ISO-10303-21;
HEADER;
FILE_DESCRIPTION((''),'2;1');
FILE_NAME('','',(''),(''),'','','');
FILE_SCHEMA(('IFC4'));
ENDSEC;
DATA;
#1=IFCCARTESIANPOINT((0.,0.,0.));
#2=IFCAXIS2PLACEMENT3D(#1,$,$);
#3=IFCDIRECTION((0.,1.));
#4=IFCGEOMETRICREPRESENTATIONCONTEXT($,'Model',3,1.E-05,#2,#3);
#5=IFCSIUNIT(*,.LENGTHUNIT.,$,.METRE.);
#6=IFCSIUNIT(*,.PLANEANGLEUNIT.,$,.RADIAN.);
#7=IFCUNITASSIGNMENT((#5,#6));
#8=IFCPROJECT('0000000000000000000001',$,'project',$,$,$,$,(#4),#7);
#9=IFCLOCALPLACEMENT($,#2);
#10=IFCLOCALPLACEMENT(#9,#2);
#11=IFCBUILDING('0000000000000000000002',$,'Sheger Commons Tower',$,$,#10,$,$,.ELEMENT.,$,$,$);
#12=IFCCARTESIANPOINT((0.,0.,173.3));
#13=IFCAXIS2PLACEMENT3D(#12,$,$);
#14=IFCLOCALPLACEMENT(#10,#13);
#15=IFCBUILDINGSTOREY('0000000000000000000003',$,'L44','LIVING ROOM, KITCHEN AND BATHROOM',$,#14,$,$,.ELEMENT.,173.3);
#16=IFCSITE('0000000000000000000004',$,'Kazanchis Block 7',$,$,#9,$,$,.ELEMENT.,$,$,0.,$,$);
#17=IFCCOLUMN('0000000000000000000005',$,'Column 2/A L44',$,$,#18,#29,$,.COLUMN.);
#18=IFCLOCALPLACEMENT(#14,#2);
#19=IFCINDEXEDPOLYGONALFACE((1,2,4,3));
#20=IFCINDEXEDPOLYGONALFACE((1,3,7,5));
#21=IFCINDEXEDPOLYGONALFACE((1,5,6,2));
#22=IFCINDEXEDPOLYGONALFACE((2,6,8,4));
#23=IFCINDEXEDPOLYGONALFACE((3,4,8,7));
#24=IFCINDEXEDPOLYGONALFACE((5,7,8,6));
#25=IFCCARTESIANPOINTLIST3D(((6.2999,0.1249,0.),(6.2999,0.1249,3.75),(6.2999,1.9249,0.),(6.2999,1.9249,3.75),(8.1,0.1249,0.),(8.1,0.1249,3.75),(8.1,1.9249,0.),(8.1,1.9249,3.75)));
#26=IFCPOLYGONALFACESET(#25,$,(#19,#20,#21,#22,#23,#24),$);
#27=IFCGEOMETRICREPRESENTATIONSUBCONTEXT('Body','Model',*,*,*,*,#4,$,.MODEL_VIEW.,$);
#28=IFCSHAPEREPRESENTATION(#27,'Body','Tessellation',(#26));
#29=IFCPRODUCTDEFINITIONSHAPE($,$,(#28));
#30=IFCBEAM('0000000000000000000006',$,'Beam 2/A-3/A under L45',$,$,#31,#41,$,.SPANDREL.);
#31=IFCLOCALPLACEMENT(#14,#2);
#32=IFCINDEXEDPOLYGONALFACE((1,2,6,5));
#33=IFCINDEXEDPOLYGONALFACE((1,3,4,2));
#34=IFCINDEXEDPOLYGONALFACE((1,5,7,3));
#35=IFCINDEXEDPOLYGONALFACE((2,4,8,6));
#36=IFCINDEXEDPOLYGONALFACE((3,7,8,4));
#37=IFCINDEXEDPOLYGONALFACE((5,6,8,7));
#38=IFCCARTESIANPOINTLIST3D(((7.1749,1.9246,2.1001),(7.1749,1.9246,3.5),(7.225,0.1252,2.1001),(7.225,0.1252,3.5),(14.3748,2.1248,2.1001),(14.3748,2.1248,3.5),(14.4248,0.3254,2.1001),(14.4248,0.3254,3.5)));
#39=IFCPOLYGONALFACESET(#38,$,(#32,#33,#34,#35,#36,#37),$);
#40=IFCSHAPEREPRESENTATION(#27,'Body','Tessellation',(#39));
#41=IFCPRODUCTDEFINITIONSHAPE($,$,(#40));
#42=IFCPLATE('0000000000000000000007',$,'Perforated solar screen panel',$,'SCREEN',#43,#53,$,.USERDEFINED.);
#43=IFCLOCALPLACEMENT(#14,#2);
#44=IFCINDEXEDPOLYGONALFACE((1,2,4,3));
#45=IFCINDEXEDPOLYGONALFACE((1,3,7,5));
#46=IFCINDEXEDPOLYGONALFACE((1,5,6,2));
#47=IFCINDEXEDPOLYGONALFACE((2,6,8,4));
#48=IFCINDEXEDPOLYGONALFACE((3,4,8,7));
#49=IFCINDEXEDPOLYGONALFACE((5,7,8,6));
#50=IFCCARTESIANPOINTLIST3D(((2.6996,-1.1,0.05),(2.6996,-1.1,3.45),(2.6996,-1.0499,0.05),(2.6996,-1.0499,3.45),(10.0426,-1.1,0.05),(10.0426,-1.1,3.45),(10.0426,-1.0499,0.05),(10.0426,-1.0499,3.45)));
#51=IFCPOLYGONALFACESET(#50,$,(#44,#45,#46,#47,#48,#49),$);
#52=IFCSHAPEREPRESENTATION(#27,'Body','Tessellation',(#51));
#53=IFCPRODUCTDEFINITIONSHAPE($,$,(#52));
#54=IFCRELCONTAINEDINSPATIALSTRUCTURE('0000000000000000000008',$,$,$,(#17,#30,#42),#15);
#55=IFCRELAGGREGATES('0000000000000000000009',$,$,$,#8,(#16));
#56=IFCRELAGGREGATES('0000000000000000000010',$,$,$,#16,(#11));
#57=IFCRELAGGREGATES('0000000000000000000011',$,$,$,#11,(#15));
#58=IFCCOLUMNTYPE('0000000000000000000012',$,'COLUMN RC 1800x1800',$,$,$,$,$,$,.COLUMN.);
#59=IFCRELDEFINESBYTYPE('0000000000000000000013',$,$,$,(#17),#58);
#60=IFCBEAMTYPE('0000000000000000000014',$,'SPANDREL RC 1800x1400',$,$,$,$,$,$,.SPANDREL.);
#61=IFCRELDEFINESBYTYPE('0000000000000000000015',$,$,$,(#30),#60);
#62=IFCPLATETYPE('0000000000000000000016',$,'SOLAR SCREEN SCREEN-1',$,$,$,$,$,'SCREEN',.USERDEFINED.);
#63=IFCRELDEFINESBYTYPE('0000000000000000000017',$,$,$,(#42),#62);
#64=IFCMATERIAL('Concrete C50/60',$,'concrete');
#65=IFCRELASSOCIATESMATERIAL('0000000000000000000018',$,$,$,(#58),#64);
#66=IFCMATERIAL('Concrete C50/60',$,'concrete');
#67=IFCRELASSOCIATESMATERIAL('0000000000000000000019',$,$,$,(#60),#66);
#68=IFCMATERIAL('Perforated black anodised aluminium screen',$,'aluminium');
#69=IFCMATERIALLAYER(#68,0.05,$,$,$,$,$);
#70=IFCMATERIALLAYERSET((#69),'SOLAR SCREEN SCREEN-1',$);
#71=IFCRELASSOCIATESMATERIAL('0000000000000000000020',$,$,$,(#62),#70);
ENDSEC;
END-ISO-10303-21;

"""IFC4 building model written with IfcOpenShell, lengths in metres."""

from ifc_helpers import new_model, si_unit, direction, frame, origin, origin_2d, place, context, subcontext, project, spatial, rectangle, extrude, material, layer, layer_set, material_profile, profile_set, type_object, element, save


model = new_model("IFC4")

# Units and contexts
model_context = context("Model", 3, precision=1e-05, world=origin(), true_north=direction((0.0, 1.0)))
body_context = subcontext(model_context, "Body", "Model", "MODEL_VIEW")
ifc_project = project(units=[si_unit("LENGTHUNIT", "METRE"), si_unit("PLANEANGLEUNIT", "RADIAN")], contexts=[model_context])

# Site, building, storey
site_placement = place(None, origin())
site = spatial("IfcSite", under=ifc_project, at=site_placement, Name="Kazanchis Block 7", CompositionType="ELEMENT", RefElevation=0.0)
building_placement = place(site_placement, origin())
building = spatial("IfcBuilding", under=site, at=building_placement, Name="Sheger Commons Tower", CompositionType="ELEMENT")
storey_placement = place(building_placement, frame((0.0, 0.0, 173.3)))
storey = spatial("IfcBuildingStorey", under=building, at=storey_placement, Name="L44", Description="LIVING ROOM, KITCHEN AND BATHROOM", CompositionType="ELEMENT", Elevation=173.3)

# Column
ifc_material_1 = material(Name="Concrete C50/60", Category="concrete")
ifc_material_profile_1 = material_profile(ifc_material_1, rectangle(XDim=1.8, YDim=1.8, at=origin_2d()), Name="RC 1800x1800")
ifc_profile_set_1 = profile_set([ifc_material_profile_1], Name="Concrete C50/60")
column_type = type_object("IfcColumnType", Name="COLUMN RC 1800x1800", PredefinedType="COLUMN", material=ifc_profile_set_1)
column_placement = place(storey_placement, frame((7.2, 1.0249, 0.0), z_axis=(0.0, 0.0, 1.0), x_axis=(1.0, 0.0, 0.0)))
element("IfcColumn", 1, at=column_placement, inside=storey, type_object=column_type, Name="Column 2/A L44", PredefinedType="COLUMN", context=body_context, shape_type="SweptSolid", body=[
    extrude(rectangle(XDim=1.8, YDim=1.8, at=origin_2d()), origin(), (0.0, 0.0, 1.0), 3.75),
])

# Beam
ifc_material_2 = material(Name="Concrete C50/60", Category="concrete")
ifc_material_profile_2 = material_profile(ifc_material_2, rectangle(XDim=1.8, YDim=1.3999, at=origin_2d()), Name="RC 1800x1400")
ifc_profile_set_2 = profile_set([ifc_material_profile_2], Name="Concrete C50/60")
beam_type = type_object("IfcBeamType", Name="SPANDREL RC 1800x1400", PredefinedType="SPANDREL", material=ifc_profile_set_2)
beam_placement = place(storey_placement, frame((7.2, 1.0249, 2.8), z_axis=(0.999614, 0.027794, 0.0), x_axis=(-0.027794, 0.999614, 0.0)))
element("IfcBeam", 2, at=beam_placement, inside=storey, type_object=beam_type, Name="Beam 2/A-3/A under L45", PredefinedType="SPANDREL", context=body_context, shape_type="SweptSolid", body=[
    extrude(rectangle(XDim=1.8, YDim=1.3999, at=origin_2d()), origin(), (0.0, 0.0, 1.0), 7.2026),
])

# Plate
ifc_material_3 = material(Name="Perforated black anodised aluminium screen", Category="aluminium")
ifc_layer_1 = layer(ifc_material_3, 0.05)
ifc_layer_set_1 = layer_set([ifc_layer_1], Name="SOLAR SCREEN SCREEN-1")
plate_type = type_object("IfcPlateType", Name="SOLAR SCREEN SCREEN-1", ElementType="SCREEN", PredefinedType="USERDEFINED", material=ifc_layer_set_1)
plate_placement = place(storey_placement, frame((6.3711, -1.075, 0.05), z_axis=(0.0, 0.0, 1.0), x_axis=(1.0, 0.0, 0.0)))
element("IfcPlate", 3, at=plate_placement, inside=storey, type_object=plate_type, Name="Perforated solar screen panel", ObjectType="SCREEN", PredefinedType="USERDEFINED", context=body_context, shape_type="SweptSolid", body=[
    extrude(rectangle(XDim=7.343, YDim=0.05, at=origin_2d()), origin(), (0.0, 0.0, 1.0), 3.3999),
])

save(model, "model.ifc")
